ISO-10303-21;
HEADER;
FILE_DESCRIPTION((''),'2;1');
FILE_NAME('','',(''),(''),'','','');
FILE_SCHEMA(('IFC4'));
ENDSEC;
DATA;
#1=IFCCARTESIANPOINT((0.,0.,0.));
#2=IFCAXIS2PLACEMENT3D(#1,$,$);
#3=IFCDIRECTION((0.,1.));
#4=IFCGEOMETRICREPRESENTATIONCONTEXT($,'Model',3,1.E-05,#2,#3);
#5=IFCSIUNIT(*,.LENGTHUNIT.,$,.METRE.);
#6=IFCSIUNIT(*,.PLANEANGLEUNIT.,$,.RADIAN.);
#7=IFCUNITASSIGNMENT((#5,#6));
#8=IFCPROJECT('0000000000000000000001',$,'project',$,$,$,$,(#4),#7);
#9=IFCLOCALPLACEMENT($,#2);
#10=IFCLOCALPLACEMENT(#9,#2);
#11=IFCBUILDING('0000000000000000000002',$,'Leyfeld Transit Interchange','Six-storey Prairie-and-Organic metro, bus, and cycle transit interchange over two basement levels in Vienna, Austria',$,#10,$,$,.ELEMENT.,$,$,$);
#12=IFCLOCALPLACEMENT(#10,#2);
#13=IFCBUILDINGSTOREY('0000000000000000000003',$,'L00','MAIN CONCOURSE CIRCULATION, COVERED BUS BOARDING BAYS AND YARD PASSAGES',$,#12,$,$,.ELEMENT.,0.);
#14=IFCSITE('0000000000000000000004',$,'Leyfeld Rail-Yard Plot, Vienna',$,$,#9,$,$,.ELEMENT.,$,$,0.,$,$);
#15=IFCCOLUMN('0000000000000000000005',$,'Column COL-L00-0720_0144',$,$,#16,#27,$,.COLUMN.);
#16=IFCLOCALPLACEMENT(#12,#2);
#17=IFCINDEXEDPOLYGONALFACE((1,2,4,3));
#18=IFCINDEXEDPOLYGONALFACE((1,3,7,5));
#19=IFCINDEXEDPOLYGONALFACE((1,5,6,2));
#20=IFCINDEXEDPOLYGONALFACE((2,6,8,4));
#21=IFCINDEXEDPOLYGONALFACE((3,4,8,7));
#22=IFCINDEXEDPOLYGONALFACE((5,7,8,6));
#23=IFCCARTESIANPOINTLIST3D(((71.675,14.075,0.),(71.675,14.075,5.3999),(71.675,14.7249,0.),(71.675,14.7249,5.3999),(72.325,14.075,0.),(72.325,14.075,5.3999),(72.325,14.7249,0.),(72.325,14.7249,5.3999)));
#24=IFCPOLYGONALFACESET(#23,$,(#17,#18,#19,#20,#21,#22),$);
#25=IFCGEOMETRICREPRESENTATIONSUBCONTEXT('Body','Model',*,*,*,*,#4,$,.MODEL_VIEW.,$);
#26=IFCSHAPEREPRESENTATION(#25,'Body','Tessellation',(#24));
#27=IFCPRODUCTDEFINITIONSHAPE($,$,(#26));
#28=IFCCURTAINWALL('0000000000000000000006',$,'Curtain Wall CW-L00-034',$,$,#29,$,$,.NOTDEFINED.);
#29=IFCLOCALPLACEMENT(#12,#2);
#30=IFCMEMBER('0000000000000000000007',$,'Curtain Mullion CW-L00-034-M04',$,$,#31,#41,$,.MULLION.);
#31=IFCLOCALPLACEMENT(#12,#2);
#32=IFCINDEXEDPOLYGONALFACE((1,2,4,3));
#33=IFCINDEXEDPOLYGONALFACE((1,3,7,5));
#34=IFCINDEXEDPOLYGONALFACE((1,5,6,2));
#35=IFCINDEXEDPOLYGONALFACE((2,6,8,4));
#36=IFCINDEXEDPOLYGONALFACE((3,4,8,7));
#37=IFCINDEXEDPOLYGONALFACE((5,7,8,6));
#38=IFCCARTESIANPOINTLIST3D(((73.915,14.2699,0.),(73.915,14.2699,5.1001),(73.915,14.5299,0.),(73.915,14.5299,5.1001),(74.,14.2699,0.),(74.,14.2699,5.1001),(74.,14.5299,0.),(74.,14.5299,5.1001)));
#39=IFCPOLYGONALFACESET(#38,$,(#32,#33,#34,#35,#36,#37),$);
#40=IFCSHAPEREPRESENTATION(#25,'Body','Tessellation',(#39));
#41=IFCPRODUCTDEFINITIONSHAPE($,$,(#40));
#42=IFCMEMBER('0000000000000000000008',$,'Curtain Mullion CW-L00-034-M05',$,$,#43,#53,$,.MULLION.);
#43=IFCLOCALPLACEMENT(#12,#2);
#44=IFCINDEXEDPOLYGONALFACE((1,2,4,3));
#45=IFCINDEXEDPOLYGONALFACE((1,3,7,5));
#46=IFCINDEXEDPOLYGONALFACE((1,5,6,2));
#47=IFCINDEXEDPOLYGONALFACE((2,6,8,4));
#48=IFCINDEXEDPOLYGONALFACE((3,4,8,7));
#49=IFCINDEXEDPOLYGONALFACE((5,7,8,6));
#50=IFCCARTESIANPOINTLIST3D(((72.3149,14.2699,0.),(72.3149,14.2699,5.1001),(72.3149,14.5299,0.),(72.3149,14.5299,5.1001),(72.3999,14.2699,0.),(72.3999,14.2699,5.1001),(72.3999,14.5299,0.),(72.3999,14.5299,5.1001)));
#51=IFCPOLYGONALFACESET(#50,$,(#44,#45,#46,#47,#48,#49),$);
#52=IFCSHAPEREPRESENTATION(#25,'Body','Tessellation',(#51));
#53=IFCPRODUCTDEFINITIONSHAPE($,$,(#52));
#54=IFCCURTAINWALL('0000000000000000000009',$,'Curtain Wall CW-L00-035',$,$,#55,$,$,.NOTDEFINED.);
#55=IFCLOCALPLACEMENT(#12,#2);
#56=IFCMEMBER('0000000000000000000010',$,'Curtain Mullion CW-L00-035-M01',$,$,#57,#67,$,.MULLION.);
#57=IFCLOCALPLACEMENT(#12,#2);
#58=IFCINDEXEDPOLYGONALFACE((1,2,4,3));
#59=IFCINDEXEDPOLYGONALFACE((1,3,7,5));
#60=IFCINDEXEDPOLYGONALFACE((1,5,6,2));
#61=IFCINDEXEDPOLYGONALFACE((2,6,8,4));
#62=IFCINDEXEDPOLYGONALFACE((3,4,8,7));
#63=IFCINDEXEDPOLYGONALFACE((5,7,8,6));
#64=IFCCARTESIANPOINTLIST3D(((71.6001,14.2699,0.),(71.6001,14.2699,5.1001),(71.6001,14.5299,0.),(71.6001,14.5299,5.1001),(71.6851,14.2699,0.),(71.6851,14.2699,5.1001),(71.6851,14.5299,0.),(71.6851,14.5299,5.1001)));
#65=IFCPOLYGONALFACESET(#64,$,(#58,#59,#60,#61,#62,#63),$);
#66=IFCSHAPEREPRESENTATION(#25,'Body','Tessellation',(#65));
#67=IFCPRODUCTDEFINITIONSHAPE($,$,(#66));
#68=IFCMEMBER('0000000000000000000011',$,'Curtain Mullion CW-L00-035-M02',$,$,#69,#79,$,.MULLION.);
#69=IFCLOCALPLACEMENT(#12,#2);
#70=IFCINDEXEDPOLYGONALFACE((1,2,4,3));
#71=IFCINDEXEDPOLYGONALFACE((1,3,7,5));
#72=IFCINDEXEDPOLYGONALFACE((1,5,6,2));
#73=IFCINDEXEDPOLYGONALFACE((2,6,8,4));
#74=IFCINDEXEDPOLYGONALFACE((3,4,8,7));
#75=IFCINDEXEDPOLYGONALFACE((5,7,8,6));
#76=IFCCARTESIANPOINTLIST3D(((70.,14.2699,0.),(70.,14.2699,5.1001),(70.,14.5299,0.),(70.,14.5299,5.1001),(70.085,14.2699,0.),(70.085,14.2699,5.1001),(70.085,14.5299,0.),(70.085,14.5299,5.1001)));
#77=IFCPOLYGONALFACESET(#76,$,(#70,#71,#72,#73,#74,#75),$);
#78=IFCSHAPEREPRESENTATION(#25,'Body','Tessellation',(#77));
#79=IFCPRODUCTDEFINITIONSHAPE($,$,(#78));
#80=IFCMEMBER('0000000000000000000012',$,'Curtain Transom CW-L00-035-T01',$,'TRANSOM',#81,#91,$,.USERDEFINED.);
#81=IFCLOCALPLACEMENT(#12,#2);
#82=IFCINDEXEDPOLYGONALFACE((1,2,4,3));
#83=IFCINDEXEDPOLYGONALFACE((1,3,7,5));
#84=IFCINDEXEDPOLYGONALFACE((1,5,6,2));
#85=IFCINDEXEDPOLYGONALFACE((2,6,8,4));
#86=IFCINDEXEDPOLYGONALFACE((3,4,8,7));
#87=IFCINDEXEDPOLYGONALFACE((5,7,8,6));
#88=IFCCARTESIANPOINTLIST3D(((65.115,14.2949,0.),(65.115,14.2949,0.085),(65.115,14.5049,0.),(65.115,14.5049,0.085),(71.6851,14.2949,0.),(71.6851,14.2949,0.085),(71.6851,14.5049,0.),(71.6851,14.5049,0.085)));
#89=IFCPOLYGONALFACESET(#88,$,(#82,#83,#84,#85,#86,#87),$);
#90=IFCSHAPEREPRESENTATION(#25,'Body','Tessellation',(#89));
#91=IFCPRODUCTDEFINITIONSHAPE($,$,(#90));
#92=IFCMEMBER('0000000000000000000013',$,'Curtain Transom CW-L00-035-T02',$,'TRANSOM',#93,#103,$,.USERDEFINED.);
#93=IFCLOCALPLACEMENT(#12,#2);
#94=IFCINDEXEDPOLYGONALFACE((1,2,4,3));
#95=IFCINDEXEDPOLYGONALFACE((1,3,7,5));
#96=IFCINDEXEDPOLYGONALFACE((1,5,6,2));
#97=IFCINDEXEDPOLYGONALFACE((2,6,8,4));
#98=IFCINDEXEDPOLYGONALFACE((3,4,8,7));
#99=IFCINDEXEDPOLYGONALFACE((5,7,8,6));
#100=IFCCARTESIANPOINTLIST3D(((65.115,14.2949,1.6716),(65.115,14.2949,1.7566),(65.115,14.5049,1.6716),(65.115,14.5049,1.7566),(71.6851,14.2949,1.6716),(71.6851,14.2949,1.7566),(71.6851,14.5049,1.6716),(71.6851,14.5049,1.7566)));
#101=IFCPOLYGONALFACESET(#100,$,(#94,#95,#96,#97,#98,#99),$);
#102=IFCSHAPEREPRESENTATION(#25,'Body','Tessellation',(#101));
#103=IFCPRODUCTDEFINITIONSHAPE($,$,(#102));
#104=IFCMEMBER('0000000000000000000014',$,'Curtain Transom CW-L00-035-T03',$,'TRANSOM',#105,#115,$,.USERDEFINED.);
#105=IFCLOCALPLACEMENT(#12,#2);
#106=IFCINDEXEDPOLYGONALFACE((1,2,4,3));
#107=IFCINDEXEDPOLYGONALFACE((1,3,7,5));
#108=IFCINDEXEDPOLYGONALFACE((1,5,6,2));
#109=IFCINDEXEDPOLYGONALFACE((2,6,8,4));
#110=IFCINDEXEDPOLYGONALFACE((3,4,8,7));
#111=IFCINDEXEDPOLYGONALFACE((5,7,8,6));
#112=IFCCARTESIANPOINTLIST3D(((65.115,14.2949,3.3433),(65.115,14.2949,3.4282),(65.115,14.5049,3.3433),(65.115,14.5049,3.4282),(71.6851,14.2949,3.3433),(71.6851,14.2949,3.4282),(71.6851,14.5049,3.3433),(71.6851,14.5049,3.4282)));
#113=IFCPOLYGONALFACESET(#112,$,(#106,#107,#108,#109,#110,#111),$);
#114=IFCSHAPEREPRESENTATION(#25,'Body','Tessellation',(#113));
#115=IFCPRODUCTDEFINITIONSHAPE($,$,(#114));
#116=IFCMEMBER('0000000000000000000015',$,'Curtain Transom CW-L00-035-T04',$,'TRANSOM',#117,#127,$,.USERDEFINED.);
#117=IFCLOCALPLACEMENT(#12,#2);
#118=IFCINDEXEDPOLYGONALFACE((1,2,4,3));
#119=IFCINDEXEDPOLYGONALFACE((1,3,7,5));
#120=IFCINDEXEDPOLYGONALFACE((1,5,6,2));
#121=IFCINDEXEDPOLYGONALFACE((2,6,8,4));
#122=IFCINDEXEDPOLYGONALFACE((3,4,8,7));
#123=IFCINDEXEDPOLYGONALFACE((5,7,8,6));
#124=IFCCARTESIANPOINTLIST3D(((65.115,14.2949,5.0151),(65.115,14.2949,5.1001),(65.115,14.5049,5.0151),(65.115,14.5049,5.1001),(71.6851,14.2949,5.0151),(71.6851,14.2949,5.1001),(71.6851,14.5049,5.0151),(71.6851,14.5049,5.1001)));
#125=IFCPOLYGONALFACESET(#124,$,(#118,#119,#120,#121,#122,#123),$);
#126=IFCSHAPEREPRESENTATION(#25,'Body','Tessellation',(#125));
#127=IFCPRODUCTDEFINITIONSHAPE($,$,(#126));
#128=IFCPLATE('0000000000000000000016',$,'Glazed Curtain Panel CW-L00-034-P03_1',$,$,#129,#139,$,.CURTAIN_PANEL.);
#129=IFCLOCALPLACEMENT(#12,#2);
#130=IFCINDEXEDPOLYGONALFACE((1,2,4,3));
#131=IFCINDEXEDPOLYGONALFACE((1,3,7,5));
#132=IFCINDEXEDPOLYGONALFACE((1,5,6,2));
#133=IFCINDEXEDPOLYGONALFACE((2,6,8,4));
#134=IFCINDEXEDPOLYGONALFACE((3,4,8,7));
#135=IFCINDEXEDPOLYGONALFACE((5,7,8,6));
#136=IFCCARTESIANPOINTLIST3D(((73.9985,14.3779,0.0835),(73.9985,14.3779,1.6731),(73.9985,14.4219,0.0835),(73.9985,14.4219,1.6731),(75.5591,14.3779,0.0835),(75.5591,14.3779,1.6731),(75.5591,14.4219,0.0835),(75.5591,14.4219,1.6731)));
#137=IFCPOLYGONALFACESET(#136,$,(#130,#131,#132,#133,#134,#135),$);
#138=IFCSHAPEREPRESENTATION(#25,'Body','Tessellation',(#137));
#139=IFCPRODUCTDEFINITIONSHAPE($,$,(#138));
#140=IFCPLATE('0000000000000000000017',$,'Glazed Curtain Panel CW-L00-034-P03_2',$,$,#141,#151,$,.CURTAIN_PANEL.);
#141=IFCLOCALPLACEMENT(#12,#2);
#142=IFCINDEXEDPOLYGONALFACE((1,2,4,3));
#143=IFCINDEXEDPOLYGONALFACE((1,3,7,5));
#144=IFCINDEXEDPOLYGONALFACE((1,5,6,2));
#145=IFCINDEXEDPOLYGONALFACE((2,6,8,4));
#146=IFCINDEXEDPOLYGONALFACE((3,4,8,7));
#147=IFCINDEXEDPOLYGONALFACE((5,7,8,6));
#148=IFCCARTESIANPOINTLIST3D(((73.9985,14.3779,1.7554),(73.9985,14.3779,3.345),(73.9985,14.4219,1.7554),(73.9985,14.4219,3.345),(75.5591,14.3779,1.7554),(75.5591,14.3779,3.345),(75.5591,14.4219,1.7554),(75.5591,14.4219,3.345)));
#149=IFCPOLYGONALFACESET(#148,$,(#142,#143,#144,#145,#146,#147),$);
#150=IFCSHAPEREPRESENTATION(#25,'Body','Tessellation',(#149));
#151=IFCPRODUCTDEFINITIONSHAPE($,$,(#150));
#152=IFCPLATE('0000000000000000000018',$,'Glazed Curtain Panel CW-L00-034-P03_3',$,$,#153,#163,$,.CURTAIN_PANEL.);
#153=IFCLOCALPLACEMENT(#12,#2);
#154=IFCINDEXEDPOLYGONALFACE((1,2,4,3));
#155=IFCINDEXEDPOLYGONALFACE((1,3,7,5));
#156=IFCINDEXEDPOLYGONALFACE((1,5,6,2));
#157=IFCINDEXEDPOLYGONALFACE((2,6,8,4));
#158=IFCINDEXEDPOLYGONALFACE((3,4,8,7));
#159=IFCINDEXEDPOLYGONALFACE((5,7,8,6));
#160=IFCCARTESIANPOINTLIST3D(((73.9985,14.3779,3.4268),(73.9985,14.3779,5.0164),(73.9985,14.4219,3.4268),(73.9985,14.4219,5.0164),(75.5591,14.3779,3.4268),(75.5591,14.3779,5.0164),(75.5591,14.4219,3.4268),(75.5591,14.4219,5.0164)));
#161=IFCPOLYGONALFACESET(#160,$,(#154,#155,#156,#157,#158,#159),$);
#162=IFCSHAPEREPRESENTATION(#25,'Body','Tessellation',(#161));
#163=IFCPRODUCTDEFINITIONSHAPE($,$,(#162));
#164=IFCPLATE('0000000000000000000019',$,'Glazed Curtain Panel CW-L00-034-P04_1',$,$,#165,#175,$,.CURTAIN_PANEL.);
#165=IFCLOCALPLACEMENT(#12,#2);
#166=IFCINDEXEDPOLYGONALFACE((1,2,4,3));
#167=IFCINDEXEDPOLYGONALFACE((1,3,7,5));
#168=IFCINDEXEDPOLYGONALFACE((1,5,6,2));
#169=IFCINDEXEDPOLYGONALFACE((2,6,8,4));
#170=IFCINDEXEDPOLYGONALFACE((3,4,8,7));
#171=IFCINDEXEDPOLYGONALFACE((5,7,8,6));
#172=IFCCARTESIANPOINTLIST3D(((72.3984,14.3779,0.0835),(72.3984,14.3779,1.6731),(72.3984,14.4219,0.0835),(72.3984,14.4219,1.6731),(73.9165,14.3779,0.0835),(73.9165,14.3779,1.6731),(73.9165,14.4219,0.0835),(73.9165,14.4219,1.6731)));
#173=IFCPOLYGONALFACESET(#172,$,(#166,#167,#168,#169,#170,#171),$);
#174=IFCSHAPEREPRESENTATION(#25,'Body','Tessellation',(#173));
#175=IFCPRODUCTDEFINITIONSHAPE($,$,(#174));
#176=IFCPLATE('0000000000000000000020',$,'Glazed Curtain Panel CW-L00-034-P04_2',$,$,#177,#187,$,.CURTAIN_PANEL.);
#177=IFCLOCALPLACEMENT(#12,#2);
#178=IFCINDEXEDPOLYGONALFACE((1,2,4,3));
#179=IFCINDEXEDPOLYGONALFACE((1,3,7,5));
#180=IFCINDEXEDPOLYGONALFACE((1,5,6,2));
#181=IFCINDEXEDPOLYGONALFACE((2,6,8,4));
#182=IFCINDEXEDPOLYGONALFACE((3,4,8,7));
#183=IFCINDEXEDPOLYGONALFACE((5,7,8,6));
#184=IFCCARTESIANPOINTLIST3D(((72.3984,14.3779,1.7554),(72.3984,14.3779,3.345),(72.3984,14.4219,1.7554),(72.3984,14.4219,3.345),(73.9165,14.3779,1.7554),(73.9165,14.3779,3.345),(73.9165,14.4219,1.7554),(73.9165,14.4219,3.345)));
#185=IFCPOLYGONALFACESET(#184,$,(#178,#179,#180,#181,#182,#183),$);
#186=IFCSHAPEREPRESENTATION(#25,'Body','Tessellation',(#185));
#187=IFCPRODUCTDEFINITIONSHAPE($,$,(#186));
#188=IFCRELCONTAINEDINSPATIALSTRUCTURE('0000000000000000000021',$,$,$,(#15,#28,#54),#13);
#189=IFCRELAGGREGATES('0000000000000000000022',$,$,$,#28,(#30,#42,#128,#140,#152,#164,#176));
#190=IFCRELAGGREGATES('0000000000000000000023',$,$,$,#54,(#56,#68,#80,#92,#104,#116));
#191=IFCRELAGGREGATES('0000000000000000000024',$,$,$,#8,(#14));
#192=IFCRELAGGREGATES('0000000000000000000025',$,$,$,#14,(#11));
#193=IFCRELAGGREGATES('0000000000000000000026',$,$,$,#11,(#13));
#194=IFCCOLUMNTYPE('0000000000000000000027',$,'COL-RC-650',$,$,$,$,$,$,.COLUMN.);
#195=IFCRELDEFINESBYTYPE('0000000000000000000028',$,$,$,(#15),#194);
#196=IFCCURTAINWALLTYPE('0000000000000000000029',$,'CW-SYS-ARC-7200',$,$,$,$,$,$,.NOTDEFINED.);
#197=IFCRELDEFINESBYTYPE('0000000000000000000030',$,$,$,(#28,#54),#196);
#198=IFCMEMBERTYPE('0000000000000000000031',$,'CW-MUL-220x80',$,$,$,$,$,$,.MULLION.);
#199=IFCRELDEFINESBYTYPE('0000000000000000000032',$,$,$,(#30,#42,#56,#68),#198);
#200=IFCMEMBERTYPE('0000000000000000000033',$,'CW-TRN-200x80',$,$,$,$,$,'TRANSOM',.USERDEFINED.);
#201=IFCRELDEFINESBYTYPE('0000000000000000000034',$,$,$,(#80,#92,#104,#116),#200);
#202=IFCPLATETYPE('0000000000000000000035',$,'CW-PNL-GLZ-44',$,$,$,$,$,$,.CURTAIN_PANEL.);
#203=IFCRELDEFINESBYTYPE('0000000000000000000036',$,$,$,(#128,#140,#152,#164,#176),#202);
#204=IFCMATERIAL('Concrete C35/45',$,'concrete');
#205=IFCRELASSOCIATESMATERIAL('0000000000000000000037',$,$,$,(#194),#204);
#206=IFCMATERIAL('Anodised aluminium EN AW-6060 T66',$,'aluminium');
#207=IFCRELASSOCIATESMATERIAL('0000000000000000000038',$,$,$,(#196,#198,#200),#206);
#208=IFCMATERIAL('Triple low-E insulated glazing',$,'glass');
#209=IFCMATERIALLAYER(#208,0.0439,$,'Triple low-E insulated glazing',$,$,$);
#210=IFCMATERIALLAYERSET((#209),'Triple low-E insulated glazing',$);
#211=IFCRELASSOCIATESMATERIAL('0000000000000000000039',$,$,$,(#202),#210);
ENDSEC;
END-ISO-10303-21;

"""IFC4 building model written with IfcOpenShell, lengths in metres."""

from ifc_helpers import new_model, si_unit, direction, frame, origin, origin_2d, place, context, subcontext, project, spatial, rectangle, extrude, material, layer, layer_set, material_profile, profile_set, type_object, element, aggregate, save


model = new_model("IFC4")

# Units and contexts
model_context = context("Model", 3, precision=1e-05, world=origin(), true_north=direction((0.0, 1.0)))
body_context = subcontext(model_context, "Body", "Model", "MODEL_VIEW")
ifc_project = project(units=[si_unit("LENGTHUNIT", "METRE"), si_unit("PLANEANGLEUNIT", "RADIAN")], contexts=[model_context])

# Site, building, storey
site_placement = place(None, origin())
site = spatial("IfcSite", under=ifc_project, at=site_placement, Name="Leyfeld Rail-Yard Plot, Vienna", CompositionType="ELEMENT", RefElevation=0.0)
building_placement = place(site_placement, origin())
building = spatial("IfcBuilding", under=site, at=building_placement, Name="Leyfeld Transit Interchange", Description="Six-storey Prairie-and-Organic metro, bus, and cycle transit interchange over two basement levels in Vienna, Austria", CompositionType="ELEMENT")
storey_placement = place(building_placement, origin())
storey = spatial("IfcBuildingStorey", under=building, at=storey_placement, Name="L00", Description="MAIN CONCOURSE CIRCULATION, COVERED BUS BOARDING BAYS AND YARD PASSAGES", CompositionType="ELEMENT", Elevation=0.0)

# Column
ifc_material_1 = material(Name="Concrete C35/45", Category="concrete")
ifc_material_profile_1 = material_profile(ifc_material_1, rectangle(XDim=0.6499, YDim=0.6499, at=origin_2d()), Name="RC 650x650")
ifc_profile_set_1 = profile_set([ifc_material_profile_1], Name="Concrete C35/45")
column_type = type_object("IfcColumnType", Name="COL-RC-650", PredefinedType="COLUMN", material=ifc_profile_set_1)
column_placement = place(storey_placement, frame((72.0, 14.3999, 0.0), z_axis=(0.0, 0.0, 1.0), x_axis=(1.0, 0.0, 0.0)))
element("IfcColumn", 1, at=column_placement, inside=storey, type_object=column_type, Name="Column COL-L00-0720_0144", PredefinedType="COLUMN", context=body_context, shape_type="SweptSolid", body=[
    extrude(rectangle(XDim=0.6499, YDim=0.6499, at=origin_2d()), origin(), (0.0, 0.0, 1.0), 5.3999),
])

# Curtain walls, members
ifc_material_2 = material(Name="Anodised aluminium EN AW-6060 T66", Category="aluminium")
curtain_wall_type = type_object("IfcCurtainWallType", Name="CW-SYS-ARC-7200", PredefinedType="NOTDEFINED", material=ifc_material_2)
curtain_wall_1_placement = place(storey_placement, origin())
curtain_wall_1 = element("IfcCurtainWall", 2, at=curtain_wall_1_placement, inside=storey, type_object=curtain_wall_type, Name="Curtain Wall CW-L00-034", PredefinedType="NOTDEFINED")
ifc_material_profile_2 = material_profile(ifc_material_2, rectangle(XDim=0.085, YDim=0.26, at=origin_2d()), Name="CW-M 85x260")
ifc_profile_set_2 = profile_set([ifc_material_profile_2], Name="Anodised aluminium EN AW-6060 T66")
member_type_1 = type_object("IfcMemberType", Name="CW-MUL-220x80", PredefinedType="MULLION", material=ifc_profile_set_2)
member_1_placement = place(storey_placement, frame((73.9575, 14.3999, 0.0), z_axis=(0.0, 0.0, 1.0), x_axis=(-1.0, 0.0, 0.0)))
member_1 = element("IfcMember", 3, at=member_1_placement, type_object=member_type_1, Name="Curtain Mullion CW-L00-034-M04", PredefinedType="MULLION", context=body_context, shape_type="SweptSolid", body=[
    extrude(rectangle(XDim=0.085, YDim=0.26, at=origin_2d()), origin(), (0.0, 0.0, 1.0), 5.1001),
])
member_2_placement = place(storey_placement, frame((72.3574, 14.3999, 0.0), z_axis=(0.0, 0.0, 1.0), x_axis=(-1.0, 0.0, 0.0)))
member_2 = element("IfcMember", 4, at=member_2_placement, type_object=member_type_1, Name="Curtain Mullion CW-L00-034-M05", PredefinedType="MULLION", context=body_context, shape_type="SweptSolid", body=[
    extrude(rectangle(XDim=0.085, YDim=0.26, at=origin_2d()), origin(), (0.0, 0.0, 1.0), 5.1001),
])
curtain_wall_2_placement = place(storey_placement, origin())
curtain_wall_2 = element("IfcCurtainWall", 5, at=curtain_wall_2_placement, inside=storey, type_object=curtain_wall_type, Name="Curtain Wall CW-L00-035", PredefinedType="NOTDEFINED")
member_3_placement = place(storey_placement, frame((71.6426, 14.3999, 0.0), z_axis=(0.0, 0.0, 1.0), x_axis=(-1.0, 0.0, 0.0)))
member_3 = element("IfcMember", 6, at=member_3_placement, type_object=member_type_1, Name="Curtain Mullion CW-L00-035-M01", PredefinedType="MULLION", context=body_context, shape_type="SweptSolid", body=[
    extrude(rectangle(XDim=0.085, YDim=0.26, at=origin_2d()), origin(), (0.0, 0.0, 1.0), 5.1001),
])
member_4_placement = place(storey_placement, frame((70.0425, 14.3999, 0.0), z_axis=(0.0, 0.0, 1.0), x_axis=(-1.0, 0.0, 0.0)))
member_4 = element("IfcMember", 7, at=member_4_placement, type_object=member_type_1, Name="Curtain Mullion CW-L00-035-M02", PredefinedType="MULLION", context=body_context, shape_type="SweptSolid", body=[
    extrude(rectangle(XDim=0.085, YDim=0.26, at=origin_2d()), origin(), (0.0, 0.0, 1.0), 5.1001),
])
ifc_material_profile_3 = material_profile(ifc_material_2, rectangle(XDim=0.21, YDim=0.085, at=origin_2d()), Name="CW-TRN-200x80")
ifc_profile_set_3 = profile_set([ifc_material_profile_3], Name="Anodised aluminium EN AW-6060 T66")
member_type_2 = type_object("IfcMemberType", Name="CW-TRN-200x80", ElementType="TRANSOM", PredefinedType="USERDEFINED", material=ifc_profile_set_3)
member_5_placement = place(storey_placement, frame((71.6851, 14.3999, 0.0425), z_axis=(-1.0, 0.0, 0.0), x_axis=(0.0, -1.0, 0.0)))
member_5 = element("IfcMember", 8, at=member_5_placement, type_object=member_type_2, Name="Curtain Transom CW-L00-035-T01", ObjectType="TRANSOM", PredefinedType="USERDEFINED", context=body_context, shape_type="SweptSolid", body=[
    extrude(rectangle(XDim=0.21, YDim=0.085, at=origin_2d()), origin(), (0.0, 0.0, 1.0), 6.5701),
])
member_6_placement = place(storey_placement, frame((71.6851, 14.3999, 1.7141), z_axis=(-1.0, 0.0, 0.0), x_axis=(0.0, -1.0, 0.0)))
member_6 = element("IfcMember", 9, at=member_6_placement, type_object=member_type_2, Name="Curtain Transom CW-L00-035-T02", ObjectType="TRANSOM", PredefinedType="USERDEFINED", context=body_context, shape_type="SweptSolid", body=[
    extrude(rectangle(XDim=0.21, YDim=0.085, at=origin_2d()), origin(), (0.0, 0.0, 1.0), 6.5701),
])
member_7_placement = place(storey_placement, frame((71.6851, 14.3999, 3.3857), z_axis=(-1.0, 0.0, 0.0), x_axis=(0.0, -1.0, 0.0)))
member_7 = element("IfcMember", 10, at=member_7_placement, type_object=member_type_2, Name="Curtain Transom CW-L00-035-T03", ObjectType="TRANSOM", PredefinedType="USERDEFINED", context=body_context, shape_type="SweptSolid", body=[
    extrude(rectangle(XDim=0.21, YDim=0.085, at=origin_2d()), origin(), (0.0, 0.0, 1.0), 6.5701),
])
member_8_placement = place(storey_placement, frame((71.6851, 14.3999, 5.0576), z_axis=(-1.0, 0.0, 0.0), x_axis=(0.0, -1.0, 0.0)))
member_8 = element("IfcMember", 11, at=member_8_placement, type_object=member_type_2, Name="Curtain Transom CW-L00-035-T04", ObjectType="TRANSOM", PredefinedType="USERDEFINED", context=body_context, shape_type="SweptSolid", body=[
    extrude(rectangle(XDim=0.21, YDim=0.085, at=origin_2d()), origin(), (0.0, 0.0, 1.0), 6.5701),
])

# Plates
ifc_material_3 = material(Name="Triple low-E insulated glazing", Category="glass")
ifc_layer_1 = layer(ifc_material_3, 0.0439, Name="Triple low-E insulated glazing")
ifc_layer_set_1 = layer_set([ifc_layer_1], Name="Triple low-E insulated glazing")
plate_type = type_object("IfcPlateType", Name="CW-PNL-GLZ-44", PredefinedType="CURTAIN_PANEL", material=ifc_layer_set_1)
plate_1_placement = place(storey_placement, frame((74.7788, 14.3999, 0.0835), z_axis=(0.0, 0.0, 1.0), x_axis=(-1.0, 0.0, 0.0)))
plate_1 = element("IfcPlate", 12, at=plate_1_placement, type_object=plate_type, Name="Glazed Curtain Panel CW-L00-034-P03_1", PredefinedType="CURTAIN_PANEL", context=body_context, shape_type="SweptSolid", body=[
    extrude(rectangle(XDim=1.5605, YDim=0.0439, at=origin_2d()), origin(), (0.0, 0.0, 1.0), 1.5896),
])
plate_2_placement = place(storey_placement, frame((74.7788, 14.3999, 1.7554), z_axis=(0.0, 0.0, 1.0), x_axis=(-1.0, 0.0, 0.0)))
plate_2 = element("IfcPlate", 13, at=plate_2_placement, type_object=plate_type, Name="Glazed Curtain Panel CW-L00-034-P03_2", PredefinedType="CURTAIN_PANEL", context=body_context, shape_type="SweptSolid", body=[
    extrude(rectangle(XDim=1.5605, YDim=0.0439, at=origin_2d()), origin(), (0.0, 0.0, 1.0), 1.5896),
])
plate_3_placement = place(storey_placement, frame((74.7788, 14.3999, 3.4268), z_axis=(0.0, 0.0, 1.0), x_axis=(-1.0, 0.0, 0.0)))
plate_3 = element("IfcPlate", 14, at=plate_3_placement, type_object=plate_type, Name="Glazed Curtain Panel CW-L00-034-P03_3", PredefinedType="CURTAIN_PANEL", context=body_context, shape_type="SweptSolid", body=[
    extrude(rectangle(XDim=1.5605, YDim=0.0439, at=origin_2d()), origin(), (0.0, 0.0, 1.0), 1.5896),
])
plate_4_placement = place(storey_placement, frame((73.1575, 14.3999, 0.0835), z_axis=(0.0, 0.0, 1.0), x_axis=(-1.0, 0.0, 0.0)))
plate_4 = element("IfcPlate", 15, at=plate_4_placement, type_object=plate_type, Name="Glazed Curtain Panel CW-L00-034-P04_1", PredefinedType="CURTAIN_PANEL", context=body_context, shape_type="SweptSolid", body=[
    extrude(rectangle(XDim=1.5181, YDim=0.0439, at=origin_2d()), origin(), (0.0, 0.0, 1.0), 1.5896),
])
plate_5_placement = place(storey_placement, frame((73.1575, 14.3999, 1.7554), z_axis=(0.0, 0.0, 1.0), x_axis=(-1.0, 0.0, 0.0)))
plate_5 = element("IfcPlate", 16, at=plate_5_placement, type_object=plate_type, Name="Glazed Curtain Panel CW-L00-034-P04_2", PredefinedType="CURTAIN_PANEL", context=body_context, shape_type="SweptSolid", body=[
    extrude(rectangle(XDim=1.5181, YDim=0.0439, at=origin_2d()), origin(), (0.0, 0.0, 1.0), 1.5896),
])
aggregate(curtain_wall_1, [member_1, member_2, plate_1, plate_2, plate_3, plate_4, plate_5])
aggregate(curtain_wall_2, [member_3, member_4, member_5, member_6, member_7, member_8])

save(model, "model.ifc")
